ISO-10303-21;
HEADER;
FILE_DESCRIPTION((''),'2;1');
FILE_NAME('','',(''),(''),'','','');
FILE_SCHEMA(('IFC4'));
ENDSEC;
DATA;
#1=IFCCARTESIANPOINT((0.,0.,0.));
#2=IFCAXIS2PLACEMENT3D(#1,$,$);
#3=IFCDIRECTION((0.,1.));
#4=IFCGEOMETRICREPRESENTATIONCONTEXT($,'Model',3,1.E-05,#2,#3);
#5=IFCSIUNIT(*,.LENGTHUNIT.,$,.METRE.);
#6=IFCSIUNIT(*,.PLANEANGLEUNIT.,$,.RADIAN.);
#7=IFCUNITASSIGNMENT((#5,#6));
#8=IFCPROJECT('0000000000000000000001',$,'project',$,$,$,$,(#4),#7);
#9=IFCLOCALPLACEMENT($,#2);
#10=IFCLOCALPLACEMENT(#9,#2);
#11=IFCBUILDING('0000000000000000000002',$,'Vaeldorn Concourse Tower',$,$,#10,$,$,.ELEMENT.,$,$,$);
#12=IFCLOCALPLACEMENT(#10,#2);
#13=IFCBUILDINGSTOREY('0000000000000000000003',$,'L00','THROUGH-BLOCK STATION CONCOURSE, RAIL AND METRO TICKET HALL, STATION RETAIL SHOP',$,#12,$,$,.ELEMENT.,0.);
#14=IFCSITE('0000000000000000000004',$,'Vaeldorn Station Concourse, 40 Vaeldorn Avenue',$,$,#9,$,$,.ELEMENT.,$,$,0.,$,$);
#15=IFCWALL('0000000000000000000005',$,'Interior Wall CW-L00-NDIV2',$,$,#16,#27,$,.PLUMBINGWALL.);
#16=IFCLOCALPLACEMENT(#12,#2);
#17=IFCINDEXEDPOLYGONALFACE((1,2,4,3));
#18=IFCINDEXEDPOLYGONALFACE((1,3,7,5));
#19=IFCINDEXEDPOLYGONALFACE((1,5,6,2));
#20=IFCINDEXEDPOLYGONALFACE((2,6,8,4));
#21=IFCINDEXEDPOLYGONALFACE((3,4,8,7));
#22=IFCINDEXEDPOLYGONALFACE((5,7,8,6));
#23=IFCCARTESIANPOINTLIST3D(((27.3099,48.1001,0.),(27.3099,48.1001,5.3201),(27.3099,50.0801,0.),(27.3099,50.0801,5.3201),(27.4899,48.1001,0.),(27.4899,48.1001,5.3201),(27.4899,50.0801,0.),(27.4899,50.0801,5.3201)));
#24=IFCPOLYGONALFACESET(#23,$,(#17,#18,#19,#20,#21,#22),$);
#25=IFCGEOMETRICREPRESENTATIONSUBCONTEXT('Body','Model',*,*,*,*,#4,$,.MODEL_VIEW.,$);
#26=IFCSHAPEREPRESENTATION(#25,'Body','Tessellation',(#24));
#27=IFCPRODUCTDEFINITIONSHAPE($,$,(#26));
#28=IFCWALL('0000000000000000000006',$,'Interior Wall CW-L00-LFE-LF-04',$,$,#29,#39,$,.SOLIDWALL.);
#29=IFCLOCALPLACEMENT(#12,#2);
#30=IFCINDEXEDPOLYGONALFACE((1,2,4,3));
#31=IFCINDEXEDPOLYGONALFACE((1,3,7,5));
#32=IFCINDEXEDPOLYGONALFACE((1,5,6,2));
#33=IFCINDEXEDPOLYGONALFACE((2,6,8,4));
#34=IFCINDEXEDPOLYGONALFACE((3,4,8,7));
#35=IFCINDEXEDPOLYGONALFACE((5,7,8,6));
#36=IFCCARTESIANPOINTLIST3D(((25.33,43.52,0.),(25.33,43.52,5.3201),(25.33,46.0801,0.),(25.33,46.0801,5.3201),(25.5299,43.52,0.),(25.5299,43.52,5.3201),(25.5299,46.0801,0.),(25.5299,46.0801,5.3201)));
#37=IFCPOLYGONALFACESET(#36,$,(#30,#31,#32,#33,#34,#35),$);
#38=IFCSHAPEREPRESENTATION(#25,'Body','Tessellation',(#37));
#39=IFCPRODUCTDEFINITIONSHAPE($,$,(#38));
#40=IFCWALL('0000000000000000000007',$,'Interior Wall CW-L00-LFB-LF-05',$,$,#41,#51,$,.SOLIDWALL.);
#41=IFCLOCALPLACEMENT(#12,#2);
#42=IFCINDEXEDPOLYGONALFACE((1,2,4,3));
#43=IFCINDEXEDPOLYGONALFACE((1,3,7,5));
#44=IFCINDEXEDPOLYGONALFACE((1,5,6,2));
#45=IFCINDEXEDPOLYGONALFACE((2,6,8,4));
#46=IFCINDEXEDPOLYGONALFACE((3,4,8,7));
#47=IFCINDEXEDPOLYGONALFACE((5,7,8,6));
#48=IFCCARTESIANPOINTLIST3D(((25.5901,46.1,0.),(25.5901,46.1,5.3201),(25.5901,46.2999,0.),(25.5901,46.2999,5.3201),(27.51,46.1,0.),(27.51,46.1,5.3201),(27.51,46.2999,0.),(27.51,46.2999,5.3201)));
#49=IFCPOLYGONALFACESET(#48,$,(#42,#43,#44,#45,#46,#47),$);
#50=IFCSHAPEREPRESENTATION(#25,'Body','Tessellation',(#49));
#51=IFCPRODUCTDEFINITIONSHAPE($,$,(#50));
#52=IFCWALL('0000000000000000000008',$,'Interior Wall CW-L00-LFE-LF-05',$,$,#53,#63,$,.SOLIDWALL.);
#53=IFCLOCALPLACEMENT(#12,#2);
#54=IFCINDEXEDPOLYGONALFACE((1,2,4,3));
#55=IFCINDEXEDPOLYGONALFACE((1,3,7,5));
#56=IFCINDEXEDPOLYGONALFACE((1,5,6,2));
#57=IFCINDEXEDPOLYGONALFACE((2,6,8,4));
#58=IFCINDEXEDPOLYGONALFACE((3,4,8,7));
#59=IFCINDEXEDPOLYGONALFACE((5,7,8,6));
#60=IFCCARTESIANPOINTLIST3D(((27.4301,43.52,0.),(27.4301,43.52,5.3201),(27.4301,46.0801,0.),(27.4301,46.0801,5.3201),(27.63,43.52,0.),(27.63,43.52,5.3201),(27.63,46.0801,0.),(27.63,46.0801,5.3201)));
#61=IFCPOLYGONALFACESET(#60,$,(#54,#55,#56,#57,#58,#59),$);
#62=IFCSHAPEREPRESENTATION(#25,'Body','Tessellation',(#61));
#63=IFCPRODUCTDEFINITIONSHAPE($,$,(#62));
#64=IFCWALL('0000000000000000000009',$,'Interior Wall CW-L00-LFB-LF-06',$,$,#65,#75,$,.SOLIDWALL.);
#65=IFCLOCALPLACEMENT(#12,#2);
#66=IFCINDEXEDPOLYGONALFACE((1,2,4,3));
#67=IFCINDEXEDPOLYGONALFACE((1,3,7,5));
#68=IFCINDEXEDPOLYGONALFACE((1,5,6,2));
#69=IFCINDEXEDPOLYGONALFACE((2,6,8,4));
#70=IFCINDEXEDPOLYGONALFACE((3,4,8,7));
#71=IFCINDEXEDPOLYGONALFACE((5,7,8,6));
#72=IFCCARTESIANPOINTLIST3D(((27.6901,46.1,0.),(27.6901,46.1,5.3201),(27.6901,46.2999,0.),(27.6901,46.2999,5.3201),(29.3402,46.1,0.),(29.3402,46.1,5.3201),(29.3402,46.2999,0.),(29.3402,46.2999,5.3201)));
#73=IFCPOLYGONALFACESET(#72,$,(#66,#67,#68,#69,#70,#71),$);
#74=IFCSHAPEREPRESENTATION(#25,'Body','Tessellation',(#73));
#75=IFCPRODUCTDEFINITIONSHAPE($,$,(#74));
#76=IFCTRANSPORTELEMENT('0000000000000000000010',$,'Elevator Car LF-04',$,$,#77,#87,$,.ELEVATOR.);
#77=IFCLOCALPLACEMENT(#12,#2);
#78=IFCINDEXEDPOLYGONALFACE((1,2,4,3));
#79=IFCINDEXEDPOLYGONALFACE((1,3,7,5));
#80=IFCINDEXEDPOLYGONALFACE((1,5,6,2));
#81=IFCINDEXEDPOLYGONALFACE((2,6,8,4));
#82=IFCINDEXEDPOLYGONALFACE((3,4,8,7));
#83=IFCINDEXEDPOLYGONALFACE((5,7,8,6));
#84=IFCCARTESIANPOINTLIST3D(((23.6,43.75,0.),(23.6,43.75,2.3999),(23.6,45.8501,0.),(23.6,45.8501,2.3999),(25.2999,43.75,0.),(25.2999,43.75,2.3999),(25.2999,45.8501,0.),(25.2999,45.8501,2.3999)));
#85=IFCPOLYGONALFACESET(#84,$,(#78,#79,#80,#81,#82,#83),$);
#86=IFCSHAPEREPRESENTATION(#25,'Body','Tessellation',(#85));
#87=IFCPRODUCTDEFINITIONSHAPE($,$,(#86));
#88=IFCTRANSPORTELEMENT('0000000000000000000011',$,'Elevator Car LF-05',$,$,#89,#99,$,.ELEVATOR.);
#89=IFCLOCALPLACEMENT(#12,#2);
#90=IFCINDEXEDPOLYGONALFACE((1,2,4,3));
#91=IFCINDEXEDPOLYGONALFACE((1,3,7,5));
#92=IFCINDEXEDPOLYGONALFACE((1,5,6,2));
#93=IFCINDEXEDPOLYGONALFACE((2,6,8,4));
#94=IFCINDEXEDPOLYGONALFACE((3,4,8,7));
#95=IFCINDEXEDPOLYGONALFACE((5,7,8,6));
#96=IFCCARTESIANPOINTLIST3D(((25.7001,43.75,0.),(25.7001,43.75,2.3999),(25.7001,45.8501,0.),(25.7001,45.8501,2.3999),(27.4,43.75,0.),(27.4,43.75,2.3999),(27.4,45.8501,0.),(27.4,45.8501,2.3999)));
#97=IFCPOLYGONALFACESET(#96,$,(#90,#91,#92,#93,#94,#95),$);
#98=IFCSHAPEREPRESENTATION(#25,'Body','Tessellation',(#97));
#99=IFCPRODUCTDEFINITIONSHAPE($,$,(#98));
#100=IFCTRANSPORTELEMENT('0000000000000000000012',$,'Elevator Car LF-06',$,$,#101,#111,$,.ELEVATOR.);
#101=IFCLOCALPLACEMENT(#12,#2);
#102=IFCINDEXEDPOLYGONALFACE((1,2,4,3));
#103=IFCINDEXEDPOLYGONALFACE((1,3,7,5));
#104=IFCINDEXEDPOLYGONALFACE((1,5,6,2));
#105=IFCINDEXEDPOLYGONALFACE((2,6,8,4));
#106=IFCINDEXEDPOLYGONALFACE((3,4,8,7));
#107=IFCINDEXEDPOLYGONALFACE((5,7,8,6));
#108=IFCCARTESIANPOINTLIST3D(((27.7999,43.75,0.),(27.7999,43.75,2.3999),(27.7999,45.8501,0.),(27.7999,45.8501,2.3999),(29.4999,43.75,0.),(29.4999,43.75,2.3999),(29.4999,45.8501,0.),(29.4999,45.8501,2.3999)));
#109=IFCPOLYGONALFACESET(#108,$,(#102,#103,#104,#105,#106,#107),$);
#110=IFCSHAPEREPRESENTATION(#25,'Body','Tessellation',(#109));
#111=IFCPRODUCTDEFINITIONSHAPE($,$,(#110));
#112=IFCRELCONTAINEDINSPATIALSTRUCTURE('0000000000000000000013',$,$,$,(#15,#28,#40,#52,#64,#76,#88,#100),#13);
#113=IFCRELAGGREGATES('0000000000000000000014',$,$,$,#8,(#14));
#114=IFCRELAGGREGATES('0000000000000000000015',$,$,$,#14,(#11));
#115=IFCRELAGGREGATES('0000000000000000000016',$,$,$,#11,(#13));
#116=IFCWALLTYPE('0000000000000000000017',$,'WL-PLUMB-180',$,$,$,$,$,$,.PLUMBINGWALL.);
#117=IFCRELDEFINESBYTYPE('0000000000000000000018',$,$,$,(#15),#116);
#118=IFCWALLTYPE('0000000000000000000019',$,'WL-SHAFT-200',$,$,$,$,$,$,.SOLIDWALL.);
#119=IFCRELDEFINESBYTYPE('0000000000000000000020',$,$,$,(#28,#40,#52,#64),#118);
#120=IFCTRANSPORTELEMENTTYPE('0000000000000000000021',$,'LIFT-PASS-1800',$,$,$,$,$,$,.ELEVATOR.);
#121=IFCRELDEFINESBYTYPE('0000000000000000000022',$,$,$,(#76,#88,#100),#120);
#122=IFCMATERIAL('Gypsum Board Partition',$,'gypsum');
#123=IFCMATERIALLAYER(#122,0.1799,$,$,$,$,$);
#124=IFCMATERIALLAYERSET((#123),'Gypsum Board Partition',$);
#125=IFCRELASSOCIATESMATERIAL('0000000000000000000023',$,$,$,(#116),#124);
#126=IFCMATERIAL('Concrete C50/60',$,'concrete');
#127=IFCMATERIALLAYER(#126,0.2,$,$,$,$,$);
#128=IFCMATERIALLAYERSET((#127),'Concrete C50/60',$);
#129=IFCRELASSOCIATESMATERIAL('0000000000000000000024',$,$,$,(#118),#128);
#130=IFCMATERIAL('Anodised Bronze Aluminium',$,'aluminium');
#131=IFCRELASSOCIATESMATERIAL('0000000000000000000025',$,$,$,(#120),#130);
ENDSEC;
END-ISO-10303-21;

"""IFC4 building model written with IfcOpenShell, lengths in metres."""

from ifc_helpers import new_model, si_unit, direction, frame, frame_2d, origin, origin_2d, place, context, subcontext, project, spatial, rectangle, extrude, source, transform, mapped, material, layer, layer_set, type_object, element, save


model = new_model("IFC4")

# Units and contexts
model_context = context("Model", 3, precision=1e-05, world=origin(), true_north=direction((0.0, 1.0)))
body_context = subcontext(model_context, "Body", "Model", "MODEL_VIEW")
ifc_project = project(units=[si_unit("LENGTHUNIT", "METRE"), si_unit("PLANEANGLEUNIT", "RADIAN")], contexts=[model_context])

# Site, building, storey
site_placement = place(None, origin())
site = spatial("IfcSite", under=ifc_project, at=site_placement, Name="Vaeldorn Station Concourse, 40 Vaeldorn Avenue", CompositionType="ELEMENT", RefElevation=0.0)
building_placement = place(site_placement, origin())
building = spatial("IfcBuilding", under=site, at=building_placement, Name="Vaeldorn Concourse Tower", CompositionType="ELEMENT")
storey_placement = place(building_placement, origin())
storey = spatial("IfcBuildingStorey", under=building, at=storey_placement, Name="L00", Description="THROUGH-BLOCK STATION CONCOURSE, RAIL AND METRO TICKET HALL, STATION RETAIL SHOP", CompositionType="ELEMENT", Elevation=0.0)

# Walls
ifc_material_1 = material(Name="Gypsum Board Partition", Category="gypsum")
ifc_layer_1 = layer(ifc_material_1, 0.1799)
ifc_layer_set_1 = layer_set([ifc_layer_1], Name="Gypsum Board Partition")
wall_type_1 = type_object("IfcWallType", Name="WL-PLUMB-180", PredefinedType="PLUMBINGWALL", material=ifc_layer_set_1)
wall_1_placement = place(storey_placement, frame((27.3999, 48.1001, 0.0), z_axis=(0.0, 0.0, 1.0), x_axis=(0.0, 1.0, 0.0)))
element("IfcWall", 1, at=wall_1_placement, inside=storey, type_object=wall_type_1, Name="Interior Wall CW-L00-NDIV2", PredefinedType="PLUMBINGWALL", context=body_context, shape_type="SweptSolid", body=[
    extrude(rectangle(XDim=1.98, YDim=0.1799, at=frame_2d((0.99, 0.0))), origin(), (0.0, 0.0, 1.0), 5.3201),
])
ifc_material_2 = material(Name="Concrete C50/60", Category="concrete")
ifc_layer_2 = layer(ifc_material_2, 0.2)
ifc_layer_set_2 = layer_set([ifc_layer_2], Name="Concrete C50/60")
wall_type_2 = type_object("IfcWallType", Name="WL-SHAFT-200", PredefinedType="SOLIDWALL", material=ifc_layer_set_2)
wall_2_placement = place(storey_placement, frame((25.4299, 43.52, 0.0), z_axis=(0.0, 0.0, 1.0), x_axis=(0.0, 1.0, 0.0)))
element("IfcWall", 2, at=wall_2_placement, inside=storey, type_object=wall_type_2, Name="Interior Wall CW-L00-LFE-LF-04", PredefinedType="SOLIDWALL", context=body_context, shape_type="SweptSolid", body=[
    extrude(rectangle(XDim=2.5601, YDim=0.2, at=frame_2d((1.28, 0.0))), origin(), (0.0, 0.0, 1.0), 5.3201),
])

# Shared definitions
ifc_material_3 = material(Name="Anodised Bronze Aluminium", Category="aluminium")

# Walls
wall_3_placement = place(storey_placement, frame((25.5901, 46.2, 0.0), z_axis=(0.0, 0.0, 1.0), x_axis=(1.0, 0.0, 0.0)))
element("IfcWall", 3, at=wall_3_placement, inside=storey, type_object=wall_type_2, Name="Interior Wall CW-L00-LFB-LF-05", PredefinedType="SOLIDWALL", context=body_context, shape_type="SweptSolid", body=[
    extrude(rectangle(XDim=1.9199, YDim=0.2, at=frame_2d((0.96, 0.0))), origin(), (0.0, 0.0, 1.0), 5.3201),
])
wall_4_placement = place(storey_placement, frame((27.53, 43.52, 0.0), z_axis=(0.0, 0.0, 1.0), x_axis=(0.0, 1.0, 0.0)))
element("IfcWall", 4, at=wall_4_placement, inside=storey, type_object=wall_type_2, Name="Interior Wall CW-L00-LFE-LF-05", PredefinedType="SOLIDWALL", context=body_context, shape_type="SweptSolid", body=[
    extrude(rectangle(XDim=2.5601, YDim=0.2, at=frame_2d((1.28, 0.0))), origin(), (0.0, 0.0, 1.0), 5.3201),
])

# Wall
wall_5_placement = place(storey_placement, frame((27.6899, 46.2, 0.0), z_axis=(0.0, 0.0, 1.0), x_axis=(1.0, 0.0, 0.0)))
element("IfcWall", 5, at=wall_5_placement, inside=storey, type_object=wall_type_2, Name="Interior Wall CW-L00-LFB-LF-06", PredefinedType="SOLIDWALL", context=body_context, shape_type="SweptSolid", body=[
    extrude(rectangle(XDim=1.6501, YDim=0.2, at=frame_2d((0.8252, 0.0))), origin(), (0.0, 0.0, 1.0), 5.3201),
])

# Transport elements
transport_element_type = type_object("IfcTransportElementType", Name="LIFT-PASS-1800", PredefinedType="ELEVATOR", material=ifc_material_3)
shared_shape_1 = source(origin(), body_context, "Body", "SweptSolid", [
    extrude(rectangle(XDim=1.7, YDim=2.1001, at=origin_2d()), origin(), (0.0, 0.0, 1.0), 2.3999),
])
for number, where, z_axis, x_axis, name in (
    (6, (24.45, 44.8, 0.0), (0.0, 0.0, 1.0), (1.0, 0.0, 0.0), "Elevator Car LF-04"),
    (7, (26.55, 44.8, 0.0), (0.0, 0.0, 1.0), (1.0, 0.0, 0.0), "Elevator Car LF-05"),
    (8, (28.6499, 44.8, 0.0), (0.0, 0.0, 1.0), (1.0, 0.0, 0.0), "Elevator Car LF-06"),
):
    element("IfcTransportElement", number, at=place(storey_placement, frame(where, z_axis=z_axis, x_axis=x_axis)), inside=storey, type_object=transport_element_type, Name=name, PredefinedType="ELEVATOR", context=body_context, shape_type="MappedRepresentation", body=[
        mapped(shared_shape_1, transform((0.0, 0.0, 0.0), scale=1.0)),
    ])

save(model, "model.ifc")
